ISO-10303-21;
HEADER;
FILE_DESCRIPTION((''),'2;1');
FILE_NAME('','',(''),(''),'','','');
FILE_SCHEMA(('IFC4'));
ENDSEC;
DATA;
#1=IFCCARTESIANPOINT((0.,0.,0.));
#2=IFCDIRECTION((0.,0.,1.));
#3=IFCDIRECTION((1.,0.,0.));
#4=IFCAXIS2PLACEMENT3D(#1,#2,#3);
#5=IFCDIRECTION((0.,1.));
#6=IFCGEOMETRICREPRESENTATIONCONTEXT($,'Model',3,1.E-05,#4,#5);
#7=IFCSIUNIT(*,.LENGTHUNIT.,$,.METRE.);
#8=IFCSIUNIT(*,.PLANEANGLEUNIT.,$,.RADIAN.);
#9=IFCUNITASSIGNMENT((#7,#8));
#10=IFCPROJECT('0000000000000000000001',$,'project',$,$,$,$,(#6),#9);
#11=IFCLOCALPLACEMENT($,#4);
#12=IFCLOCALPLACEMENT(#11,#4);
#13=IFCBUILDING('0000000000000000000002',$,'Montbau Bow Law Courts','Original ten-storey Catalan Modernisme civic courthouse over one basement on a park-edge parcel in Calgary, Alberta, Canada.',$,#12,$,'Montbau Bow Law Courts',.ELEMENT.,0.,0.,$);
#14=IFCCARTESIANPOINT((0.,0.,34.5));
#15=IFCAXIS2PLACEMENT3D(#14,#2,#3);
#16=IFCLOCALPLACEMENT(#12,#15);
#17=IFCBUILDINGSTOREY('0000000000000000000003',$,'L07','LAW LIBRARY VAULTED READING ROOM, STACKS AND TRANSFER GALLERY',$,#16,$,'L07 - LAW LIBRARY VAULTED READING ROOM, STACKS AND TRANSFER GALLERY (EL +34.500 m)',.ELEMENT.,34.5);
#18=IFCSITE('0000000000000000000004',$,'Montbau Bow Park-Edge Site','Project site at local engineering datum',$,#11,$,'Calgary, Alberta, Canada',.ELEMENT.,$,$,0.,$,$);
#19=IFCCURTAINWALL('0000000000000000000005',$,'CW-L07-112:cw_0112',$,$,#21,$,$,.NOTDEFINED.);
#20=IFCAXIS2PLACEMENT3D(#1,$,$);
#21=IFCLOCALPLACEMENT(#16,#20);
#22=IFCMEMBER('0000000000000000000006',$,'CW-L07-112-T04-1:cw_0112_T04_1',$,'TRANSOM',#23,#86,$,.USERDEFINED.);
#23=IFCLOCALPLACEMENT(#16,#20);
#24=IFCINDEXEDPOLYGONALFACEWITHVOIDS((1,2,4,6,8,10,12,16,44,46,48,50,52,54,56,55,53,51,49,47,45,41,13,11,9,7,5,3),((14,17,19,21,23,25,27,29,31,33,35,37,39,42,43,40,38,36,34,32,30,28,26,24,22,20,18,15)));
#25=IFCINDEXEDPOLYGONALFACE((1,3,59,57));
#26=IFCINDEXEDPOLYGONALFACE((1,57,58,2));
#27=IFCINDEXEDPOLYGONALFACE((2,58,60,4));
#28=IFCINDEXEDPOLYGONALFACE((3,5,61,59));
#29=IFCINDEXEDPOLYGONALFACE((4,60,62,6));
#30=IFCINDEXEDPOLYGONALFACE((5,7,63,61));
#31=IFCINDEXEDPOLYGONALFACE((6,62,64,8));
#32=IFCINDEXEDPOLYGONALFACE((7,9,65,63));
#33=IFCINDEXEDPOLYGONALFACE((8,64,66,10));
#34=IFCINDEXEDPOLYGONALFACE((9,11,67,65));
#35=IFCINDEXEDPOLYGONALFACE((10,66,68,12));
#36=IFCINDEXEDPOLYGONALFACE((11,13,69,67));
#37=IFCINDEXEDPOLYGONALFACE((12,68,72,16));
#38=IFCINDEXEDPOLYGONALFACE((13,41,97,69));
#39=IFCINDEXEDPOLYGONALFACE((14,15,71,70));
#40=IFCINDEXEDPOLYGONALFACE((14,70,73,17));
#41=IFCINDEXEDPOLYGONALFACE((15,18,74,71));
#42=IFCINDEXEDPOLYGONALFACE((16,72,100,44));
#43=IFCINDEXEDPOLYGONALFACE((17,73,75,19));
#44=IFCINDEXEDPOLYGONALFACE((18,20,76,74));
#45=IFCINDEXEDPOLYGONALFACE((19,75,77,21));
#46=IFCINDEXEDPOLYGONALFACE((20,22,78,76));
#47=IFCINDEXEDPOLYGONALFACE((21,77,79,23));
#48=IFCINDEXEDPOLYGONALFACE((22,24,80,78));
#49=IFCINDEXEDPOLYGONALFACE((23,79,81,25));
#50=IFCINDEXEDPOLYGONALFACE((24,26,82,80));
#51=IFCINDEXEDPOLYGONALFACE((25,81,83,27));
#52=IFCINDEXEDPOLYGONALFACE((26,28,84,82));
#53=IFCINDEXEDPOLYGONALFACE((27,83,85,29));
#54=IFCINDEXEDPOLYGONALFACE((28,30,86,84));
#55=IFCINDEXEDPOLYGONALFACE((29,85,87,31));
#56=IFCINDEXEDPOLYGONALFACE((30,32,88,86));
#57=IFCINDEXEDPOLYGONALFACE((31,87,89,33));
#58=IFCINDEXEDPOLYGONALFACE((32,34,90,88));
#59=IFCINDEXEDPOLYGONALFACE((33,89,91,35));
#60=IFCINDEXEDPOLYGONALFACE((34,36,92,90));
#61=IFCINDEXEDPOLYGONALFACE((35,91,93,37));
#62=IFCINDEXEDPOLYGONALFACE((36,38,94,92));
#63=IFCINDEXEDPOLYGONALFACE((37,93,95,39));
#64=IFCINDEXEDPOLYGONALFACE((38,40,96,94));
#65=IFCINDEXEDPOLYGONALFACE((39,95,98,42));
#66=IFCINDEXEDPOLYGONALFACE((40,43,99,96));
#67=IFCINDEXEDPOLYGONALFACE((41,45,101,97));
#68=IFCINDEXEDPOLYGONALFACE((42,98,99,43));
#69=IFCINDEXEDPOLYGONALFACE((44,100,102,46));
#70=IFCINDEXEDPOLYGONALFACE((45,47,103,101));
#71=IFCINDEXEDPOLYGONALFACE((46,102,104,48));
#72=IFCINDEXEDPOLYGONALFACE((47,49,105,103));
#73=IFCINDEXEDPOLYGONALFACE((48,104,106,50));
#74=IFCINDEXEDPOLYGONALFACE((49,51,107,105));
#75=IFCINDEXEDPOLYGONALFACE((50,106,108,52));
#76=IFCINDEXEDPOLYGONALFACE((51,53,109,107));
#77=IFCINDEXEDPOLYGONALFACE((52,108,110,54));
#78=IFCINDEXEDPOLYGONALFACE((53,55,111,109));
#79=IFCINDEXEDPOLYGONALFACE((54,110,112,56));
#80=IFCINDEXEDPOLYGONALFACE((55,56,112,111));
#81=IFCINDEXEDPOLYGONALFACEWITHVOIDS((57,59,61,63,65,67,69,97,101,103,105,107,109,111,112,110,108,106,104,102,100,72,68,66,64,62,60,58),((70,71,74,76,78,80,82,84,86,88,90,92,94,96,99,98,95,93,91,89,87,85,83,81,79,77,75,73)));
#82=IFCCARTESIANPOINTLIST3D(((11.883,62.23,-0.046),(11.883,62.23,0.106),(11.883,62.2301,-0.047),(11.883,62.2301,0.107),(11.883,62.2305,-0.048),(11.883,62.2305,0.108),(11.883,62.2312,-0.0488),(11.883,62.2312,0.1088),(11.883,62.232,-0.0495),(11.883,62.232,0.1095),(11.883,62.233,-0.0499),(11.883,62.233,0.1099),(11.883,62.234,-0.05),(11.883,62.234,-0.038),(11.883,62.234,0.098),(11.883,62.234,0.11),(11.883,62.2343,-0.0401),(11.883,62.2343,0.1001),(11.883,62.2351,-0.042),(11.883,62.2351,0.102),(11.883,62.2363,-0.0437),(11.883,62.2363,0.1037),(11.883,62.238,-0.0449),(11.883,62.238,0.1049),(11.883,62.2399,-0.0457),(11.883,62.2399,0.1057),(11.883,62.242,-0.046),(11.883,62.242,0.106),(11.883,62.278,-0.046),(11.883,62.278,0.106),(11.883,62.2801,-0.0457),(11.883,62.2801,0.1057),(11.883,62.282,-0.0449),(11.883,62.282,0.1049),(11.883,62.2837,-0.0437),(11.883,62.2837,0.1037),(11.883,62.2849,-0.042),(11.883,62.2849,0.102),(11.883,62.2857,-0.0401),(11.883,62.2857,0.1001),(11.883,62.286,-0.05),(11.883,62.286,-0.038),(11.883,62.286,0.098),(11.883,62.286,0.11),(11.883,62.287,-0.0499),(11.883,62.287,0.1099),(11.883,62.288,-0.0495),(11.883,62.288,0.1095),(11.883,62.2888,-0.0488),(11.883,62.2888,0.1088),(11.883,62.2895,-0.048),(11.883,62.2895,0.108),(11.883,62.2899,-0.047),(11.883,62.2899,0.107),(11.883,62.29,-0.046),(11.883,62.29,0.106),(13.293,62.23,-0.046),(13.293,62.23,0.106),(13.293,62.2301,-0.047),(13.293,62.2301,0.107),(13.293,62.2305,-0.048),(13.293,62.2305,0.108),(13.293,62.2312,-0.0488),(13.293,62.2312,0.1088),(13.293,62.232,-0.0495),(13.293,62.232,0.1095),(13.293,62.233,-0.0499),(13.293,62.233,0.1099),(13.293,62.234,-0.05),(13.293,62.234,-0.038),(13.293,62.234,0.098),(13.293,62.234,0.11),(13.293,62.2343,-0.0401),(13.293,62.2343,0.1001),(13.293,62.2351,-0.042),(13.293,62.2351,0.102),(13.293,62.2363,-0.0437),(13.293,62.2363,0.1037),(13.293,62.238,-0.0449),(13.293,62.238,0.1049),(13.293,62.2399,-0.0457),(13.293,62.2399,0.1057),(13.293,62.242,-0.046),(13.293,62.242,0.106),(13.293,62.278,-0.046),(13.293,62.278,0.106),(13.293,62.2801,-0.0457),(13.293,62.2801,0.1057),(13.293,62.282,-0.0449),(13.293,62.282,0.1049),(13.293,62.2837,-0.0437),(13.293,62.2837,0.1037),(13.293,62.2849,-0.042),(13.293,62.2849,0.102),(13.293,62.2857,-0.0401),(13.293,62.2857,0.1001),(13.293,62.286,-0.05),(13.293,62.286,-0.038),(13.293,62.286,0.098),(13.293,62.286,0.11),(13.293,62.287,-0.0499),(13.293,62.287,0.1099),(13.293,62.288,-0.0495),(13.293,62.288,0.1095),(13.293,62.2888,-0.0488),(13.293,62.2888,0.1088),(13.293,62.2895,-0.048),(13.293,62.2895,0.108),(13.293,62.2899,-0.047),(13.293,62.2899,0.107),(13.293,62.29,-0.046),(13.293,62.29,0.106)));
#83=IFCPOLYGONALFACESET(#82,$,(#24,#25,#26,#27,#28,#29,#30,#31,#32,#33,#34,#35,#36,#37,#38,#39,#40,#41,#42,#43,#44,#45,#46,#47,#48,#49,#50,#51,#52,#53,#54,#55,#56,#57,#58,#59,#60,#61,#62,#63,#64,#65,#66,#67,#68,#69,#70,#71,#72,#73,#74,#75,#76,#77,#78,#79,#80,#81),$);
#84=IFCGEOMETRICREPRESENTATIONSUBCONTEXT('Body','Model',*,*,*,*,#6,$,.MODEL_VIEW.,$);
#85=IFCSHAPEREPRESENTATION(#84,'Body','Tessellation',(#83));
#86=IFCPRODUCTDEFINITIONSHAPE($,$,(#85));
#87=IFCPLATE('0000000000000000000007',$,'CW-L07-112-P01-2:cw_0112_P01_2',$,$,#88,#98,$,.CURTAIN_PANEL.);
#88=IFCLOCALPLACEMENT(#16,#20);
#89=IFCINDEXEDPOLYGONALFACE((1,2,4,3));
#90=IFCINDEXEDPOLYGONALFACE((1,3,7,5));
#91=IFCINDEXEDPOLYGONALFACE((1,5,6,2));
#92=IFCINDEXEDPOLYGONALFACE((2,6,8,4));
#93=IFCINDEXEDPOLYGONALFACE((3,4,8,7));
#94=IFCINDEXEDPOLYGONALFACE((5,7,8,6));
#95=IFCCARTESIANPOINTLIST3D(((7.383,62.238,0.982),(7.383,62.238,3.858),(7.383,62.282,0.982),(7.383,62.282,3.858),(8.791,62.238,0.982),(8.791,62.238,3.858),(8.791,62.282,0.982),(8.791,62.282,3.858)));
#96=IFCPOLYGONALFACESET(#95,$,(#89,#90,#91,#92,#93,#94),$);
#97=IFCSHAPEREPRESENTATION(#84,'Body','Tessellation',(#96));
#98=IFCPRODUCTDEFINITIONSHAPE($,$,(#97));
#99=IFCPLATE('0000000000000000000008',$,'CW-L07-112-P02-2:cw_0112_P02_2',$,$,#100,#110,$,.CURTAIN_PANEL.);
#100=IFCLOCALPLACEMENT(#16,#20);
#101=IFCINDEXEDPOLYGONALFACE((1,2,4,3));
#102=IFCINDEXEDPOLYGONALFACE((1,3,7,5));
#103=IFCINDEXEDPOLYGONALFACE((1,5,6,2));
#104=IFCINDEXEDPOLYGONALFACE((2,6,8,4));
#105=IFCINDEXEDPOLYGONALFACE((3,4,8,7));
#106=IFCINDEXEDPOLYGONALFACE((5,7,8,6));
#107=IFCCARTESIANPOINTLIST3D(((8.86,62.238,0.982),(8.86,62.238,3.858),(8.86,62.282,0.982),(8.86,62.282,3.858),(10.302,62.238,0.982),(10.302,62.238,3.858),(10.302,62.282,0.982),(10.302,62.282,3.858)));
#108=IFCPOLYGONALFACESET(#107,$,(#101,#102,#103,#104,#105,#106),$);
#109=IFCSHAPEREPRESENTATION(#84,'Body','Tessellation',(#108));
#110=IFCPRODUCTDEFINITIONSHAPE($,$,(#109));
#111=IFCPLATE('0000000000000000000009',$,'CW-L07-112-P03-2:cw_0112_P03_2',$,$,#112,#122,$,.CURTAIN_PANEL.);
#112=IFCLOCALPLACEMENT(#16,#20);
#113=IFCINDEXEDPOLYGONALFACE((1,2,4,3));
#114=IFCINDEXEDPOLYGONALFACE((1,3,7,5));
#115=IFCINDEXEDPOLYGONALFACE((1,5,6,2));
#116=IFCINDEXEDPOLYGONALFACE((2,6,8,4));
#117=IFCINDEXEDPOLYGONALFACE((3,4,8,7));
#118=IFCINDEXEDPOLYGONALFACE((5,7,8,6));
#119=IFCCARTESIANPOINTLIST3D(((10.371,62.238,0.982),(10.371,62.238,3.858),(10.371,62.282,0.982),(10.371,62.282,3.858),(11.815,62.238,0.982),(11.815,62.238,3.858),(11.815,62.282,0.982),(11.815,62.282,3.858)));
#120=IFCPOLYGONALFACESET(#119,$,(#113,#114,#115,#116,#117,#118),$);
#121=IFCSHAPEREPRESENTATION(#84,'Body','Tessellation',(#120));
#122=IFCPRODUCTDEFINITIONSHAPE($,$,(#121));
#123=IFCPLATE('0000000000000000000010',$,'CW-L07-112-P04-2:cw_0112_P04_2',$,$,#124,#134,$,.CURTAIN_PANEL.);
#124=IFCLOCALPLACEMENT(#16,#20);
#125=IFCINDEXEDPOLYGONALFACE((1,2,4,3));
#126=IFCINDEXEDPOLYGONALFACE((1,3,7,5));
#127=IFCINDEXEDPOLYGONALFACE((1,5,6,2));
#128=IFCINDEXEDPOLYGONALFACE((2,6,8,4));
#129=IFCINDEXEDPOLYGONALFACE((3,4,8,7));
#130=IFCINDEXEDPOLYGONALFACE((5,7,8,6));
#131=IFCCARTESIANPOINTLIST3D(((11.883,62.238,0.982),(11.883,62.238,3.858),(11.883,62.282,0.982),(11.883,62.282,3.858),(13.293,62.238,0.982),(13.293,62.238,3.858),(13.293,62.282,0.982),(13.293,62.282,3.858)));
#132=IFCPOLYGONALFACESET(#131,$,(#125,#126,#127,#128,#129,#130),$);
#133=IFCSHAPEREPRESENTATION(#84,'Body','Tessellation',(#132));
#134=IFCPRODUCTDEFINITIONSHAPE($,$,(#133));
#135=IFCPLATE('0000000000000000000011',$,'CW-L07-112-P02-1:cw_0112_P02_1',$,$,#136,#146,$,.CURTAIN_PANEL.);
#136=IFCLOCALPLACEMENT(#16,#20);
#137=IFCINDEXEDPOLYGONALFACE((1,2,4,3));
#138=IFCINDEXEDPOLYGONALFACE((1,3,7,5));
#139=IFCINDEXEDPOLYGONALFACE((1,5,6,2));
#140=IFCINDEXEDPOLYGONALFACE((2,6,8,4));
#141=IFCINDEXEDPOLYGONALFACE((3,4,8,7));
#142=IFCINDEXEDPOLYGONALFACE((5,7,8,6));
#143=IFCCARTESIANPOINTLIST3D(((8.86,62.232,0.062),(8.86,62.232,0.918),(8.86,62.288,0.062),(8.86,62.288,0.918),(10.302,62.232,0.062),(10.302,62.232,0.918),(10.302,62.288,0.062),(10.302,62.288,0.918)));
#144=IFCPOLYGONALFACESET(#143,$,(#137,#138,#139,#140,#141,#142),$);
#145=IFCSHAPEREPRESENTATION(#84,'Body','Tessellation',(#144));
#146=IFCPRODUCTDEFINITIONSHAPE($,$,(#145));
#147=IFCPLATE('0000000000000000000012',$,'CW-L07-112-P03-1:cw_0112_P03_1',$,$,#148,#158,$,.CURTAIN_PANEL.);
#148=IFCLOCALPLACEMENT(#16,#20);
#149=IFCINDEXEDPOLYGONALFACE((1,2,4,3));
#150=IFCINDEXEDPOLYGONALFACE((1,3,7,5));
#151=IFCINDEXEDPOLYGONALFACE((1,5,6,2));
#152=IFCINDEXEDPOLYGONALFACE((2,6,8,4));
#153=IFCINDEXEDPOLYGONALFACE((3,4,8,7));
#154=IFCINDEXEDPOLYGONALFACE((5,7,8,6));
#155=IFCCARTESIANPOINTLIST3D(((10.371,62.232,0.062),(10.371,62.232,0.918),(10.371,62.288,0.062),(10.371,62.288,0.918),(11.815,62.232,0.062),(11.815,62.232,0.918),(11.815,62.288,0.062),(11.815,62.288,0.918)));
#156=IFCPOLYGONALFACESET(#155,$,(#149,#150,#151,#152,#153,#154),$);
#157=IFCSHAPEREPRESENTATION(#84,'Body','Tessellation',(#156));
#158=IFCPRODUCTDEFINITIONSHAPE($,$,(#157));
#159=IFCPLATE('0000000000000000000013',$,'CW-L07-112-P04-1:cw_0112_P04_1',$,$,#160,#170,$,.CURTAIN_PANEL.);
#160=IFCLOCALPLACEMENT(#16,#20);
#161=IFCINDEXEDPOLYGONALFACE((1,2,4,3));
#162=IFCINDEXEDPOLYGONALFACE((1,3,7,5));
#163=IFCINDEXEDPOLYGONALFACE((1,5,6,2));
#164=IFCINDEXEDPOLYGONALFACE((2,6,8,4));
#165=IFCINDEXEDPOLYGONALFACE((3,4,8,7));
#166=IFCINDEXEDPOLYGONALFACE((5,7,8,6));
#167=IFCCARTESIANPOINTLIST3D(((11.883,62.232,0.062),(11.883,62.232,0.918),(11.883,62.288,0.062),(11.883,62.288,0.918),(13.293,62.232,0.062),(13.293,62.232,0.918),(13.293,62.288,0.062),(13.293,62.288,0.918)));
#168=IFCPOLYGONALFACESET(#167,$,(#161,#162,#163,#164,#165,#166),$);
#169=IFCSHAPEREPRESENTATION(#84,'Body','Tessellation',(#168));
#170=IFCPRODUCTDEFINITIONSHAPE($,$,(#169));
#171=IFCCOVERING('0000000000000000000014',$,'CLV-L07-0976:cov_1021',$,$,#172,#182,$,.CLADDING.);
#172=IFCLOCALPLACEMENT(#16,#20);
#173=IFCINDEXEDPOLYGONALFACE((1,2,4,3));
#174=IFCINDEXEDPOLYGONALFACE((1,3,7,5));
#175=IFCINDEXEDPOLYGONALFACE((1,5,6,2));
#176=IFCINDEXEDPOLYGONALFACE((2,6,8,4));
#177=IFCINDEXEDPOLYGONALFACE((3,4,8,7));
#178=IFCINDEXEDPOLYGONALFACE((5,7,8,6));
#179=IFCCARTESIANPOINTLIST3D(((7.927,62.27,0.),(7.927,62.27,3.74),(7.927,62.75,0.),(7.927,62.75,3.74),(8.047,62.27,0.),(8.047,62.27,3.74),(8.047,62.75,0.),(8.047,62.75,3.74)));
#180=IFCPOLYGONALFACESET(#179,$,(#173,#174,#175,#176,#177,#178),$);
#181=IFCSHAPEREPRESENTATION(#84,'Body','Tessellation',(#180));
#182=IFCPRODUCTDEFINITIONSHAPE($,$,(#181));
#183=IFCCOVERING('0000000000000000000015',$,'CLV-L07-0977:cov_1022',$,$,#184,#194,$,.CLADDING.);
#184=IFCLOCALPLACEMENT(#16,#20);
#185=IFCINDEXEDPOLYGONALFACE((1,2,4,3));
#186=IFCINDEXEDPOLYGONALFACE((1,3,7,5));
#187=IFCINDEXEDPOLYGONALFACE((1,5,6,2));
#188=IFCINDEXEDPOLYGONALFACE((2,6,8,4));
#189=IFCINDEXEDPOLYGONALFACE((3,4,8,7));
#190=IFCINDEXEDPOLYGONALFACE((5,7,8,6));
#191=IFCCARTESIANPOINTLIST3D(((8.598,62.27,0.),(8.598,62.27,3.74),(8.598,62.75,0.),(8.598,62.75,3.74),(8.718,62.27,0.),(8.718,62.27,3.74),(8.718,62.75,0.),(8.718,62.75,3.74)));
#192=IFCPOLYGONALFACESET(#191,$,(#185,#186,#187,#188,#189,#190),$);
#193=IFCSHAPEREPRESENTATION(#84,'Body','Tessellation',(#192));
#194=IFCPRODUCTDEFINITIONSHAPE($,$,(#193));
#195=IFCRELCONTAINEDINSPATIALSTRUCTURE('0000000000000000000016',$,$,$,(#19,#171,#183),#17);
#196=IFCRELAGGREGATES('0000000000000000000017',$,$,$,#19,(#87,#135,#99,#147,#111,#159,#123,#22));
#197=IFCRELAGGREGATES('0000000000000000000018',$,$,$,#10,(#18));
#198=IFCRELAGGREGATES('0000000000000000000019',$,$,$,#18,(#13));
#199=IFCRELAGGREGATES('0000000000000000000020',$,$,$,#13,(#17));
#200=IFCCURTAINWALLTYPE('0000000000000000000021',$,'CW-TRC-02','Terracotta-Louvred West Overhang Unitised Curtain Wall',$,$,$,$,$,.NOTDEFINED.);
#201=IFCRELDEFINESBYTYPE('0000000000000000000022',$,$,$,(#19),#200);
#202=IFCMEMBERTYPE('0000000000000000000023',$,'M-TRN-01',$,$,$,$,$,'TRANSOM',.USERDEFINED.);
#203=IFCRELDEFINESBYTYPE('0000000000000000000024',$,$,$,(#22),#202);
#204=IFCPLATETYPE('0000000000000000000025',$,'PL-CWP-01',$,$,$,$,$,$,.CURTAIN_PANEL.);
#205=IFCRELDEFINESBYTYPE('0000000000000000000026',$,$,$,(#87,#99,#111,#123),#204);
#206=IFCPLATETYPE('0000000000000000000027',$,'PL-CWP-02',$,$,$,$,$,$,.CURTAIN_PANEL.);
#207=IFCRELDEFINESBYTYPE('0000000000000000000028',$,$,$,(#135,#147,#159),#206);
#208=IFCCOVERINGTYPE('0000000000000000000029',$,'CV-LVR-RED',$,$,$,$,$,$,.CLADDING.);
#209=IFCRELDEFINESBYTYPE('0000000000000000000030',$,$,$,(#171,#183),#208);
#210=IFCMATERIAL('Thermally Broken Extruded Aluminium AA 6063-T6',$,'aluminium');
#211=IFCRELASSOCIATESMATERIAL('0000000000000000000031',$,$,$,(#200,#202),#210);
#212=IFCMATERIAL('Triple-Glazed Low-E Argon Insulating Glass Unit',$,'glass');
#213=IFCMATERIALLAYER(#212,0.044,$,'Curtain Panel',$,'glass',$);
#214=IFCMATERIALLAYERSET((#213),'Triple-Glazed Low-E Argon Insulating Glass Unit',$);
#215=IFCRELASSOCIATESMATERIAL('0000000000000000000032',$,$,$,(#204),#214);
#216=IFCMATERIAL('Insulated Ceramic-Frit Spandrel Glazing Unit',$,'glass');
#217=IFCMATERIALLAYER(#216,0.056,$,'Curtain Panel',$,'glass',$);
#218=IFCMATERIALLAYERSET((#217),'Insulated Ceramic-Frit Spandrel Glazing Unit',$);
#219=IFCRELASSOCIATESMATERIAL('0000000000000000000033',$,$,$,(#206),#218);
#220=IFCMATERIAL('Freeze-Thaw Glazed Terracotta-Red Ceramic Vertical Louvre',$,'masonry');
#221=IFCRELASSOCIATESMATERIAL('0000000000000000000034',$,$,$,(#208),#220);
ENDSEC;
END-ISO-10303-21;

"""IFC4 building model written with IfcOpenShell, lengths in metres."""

from ifc_helpers import new_model, si_unit, direction, frame, frame_2d, origin_with_axes, origin_2d_with_axis, place, context, subcontext, project, spatial, rectangle, hollow_rectangle, extrude, material, layer, layer_set, material_profile, profile_set, type_object, element, aggregate, save


model = new_model("IFC4")

# Units and contexts
model_context = context("Model", 3, precision=1e-05, world=origin_with_axes(), true_north=direction((0.0, 1.0)))
body_context = subcontext(model_context, "Body", "Model", "MODEL_VIEW")
ifc_project = project(units=[si_unit("LENGTHUNIT", "METRE"), si_unit("PLANEANGLEUNIT", "RADIAN")], contexts=[model_context])

# Site, building, storey
site_placement = place(None, origin_with_axes())
site = spatial("IfcSite", under=ifc_project, at=site_placement, Name="Montbau Bow Park-Edge Site", Description="Project site at local engineering datum", LongName="Calgary, Alberta, Canada", CompositionType="ELEMENT", RefElevation=0.0)
building_placement = place(site_placement, origin_with_axes())
building = spatial("IfcBuilding", under=site, at=building_placement, Name="Montbau Bow Law Courts", Description="Original ten-storey Catalan Modernisme civic courthouse over one basement on a park-edge parcel in Calgary, Alberta, Canada.", LongName="Montbau Bow Law Courts", CompositionType="ELEMENT", ElevationOfRefHeight=0.0, ElevationOfTerrain=0.0)
storey_placement = place(building_placement, frame((0.0, 0.0, 34.5), z_axis=(0.0, 0.0, 1.0), x_axis=(1.0, 0.0, 0.0)))
storey = spatial("IfcBuildingStorey", under=building, at=storey_placement, Name="L07", Description="LAW LIBRARY VAULTED READING ROOM, STACKS AND TRANSFER GALLERY", LongName="L07 - LAW LIBRARY VAULTED READING ROOM, STACKS AND TRANSFER GALLERY (EL +34.500 m)", CompositionType="ELEMENT", Elevation=34.5)

# Curtain wall, member, plates
ifc_material_1 = material(Name="Thermally Broken Extruded Aluminium AA 6063-T6", Category="aluminium")
curtain_wall_type = type_object("IfcCurtainWallType", Name="CW-TRC-02", Description="Terracotta-Louvred West Overhang Unitised Curtain Wall", PredefinedType="NOTDEFINED", material=ifc_material_1)
curtain_wall_placement = place(None, frame((7.315, 62.26, 34.5), z_axis=(0.0, 0.0, 1.0), x_axis=(1.0, 0.0, 0.0)))
curtain_wall = element("IfcCurtainWall", 1, at=curtain_wall_placement, inside=storey, type_object=curtain_wall_type, Name="CW-L07-112:cw_0112", PredefinedType="NOTDEFINED")
ifc_material_profile_1 = material_profile(ifc_material_1, hollow_rectangle(XDim=0.06, YDim=0.16, WallThickness=0.004, InnerFilletRadius=0.008, OuterFilletRadius=0.004, at=origin_2d_with_axis()), Name="CWT-160X60", Category="Main", Priority=0)
ifc_profile_set_1 = profile_set([ifc_material_profile_1], Name="Thermally Broken Extruded Aluminium AA 6063-T6")
member_type_1 = type_object("IfcMemberType", Name="M-TRN-01", ElementType="TRANSOM", PredefinedType="USERDEFINED", material=ifc_profile_set_1)
member_1_placement = place(None, frame((11.883, 62.26, 34.53), z_axis=(1.0, 0.0, 0.0), x_axis=(0.0, 1.0, 0.0)))
member_1 = element("IfcMember", 2, at=member_1_placement, type_object=member_type_1, Name="CW-L07-112-T04-1:cw_0112_T04_1", ObjectType="TRANSOM", PredefinedType="USERDEFINED", context=body_context, shape_type="SweptSolid", body=[
    extrude(hollow_rectangle(XDim=0.06, YDim=0.16, WallThickness=0.004, InnerFilletRadius=0.008, OuterFilletRadius=0.004, at=origin_2d_with_axis()), origin_with_axes(), (0.0, 0.0, 1.0), 1.41),
])
ifc_material_2 = material(Name="Triple-Glazed Low-E Argon Insulating Glass Unit", Category="glass")
ifc_layer_1 = layer(ifc_material_2, 0.044, Name="Curtain Panel", Category="glass")
ifc_layer_set_1 = layer_set([ifc_layer_1], Name="Triple-Glazed Low-E Argon Insulating Glass Unit")
plate_type_1 = type_object("IfcPlateType", Name="PL-CWP-01", PredefinedType="CURTAIN_PANEL", material=ifc_layer_set_1)
plate_1_placement = place(None, frame((7.383, 62.26, 35.482), z_axis=(0.0, -1.0, 0.0), x_axis=(1.0, 0.0, 0.0)))
plate_1 = element("IfcPlate", 3, at=plate_1_placement, type_object=plate_type_1, Name="CW-L07-112-P01-2:cw_0112_P01_2", PredefinedType="CURTAIN_PANEL", context=body_context, shape_type="SweptSolid", body=[
    extrude(rectangle(XDim=1.408, YDim=2.876, at=frame_2d((0.704, 1.438), x_axis=(1.0, 0.0))), frame((0.0, 0.0, -0.022), z_axis=(0.0, 0.0, 1.0), x_axis=(1.0, 0.0, 0.0)), (0.0, 0.0, 1.0), 0.044),
])
plate_2_placement = place(None, frame((8.86, 62.26, 35.482), z_axis=(0.0, -1.0, 0.0), x_axis=(1.0, 0.0, 0.0)))
plate_2 = element("IfcPlate", 4, at=plate_2_placement, type_object=plate_type_1, Name="CW-L07-112-P02-2:cw_0112_P02_2", PredefinedType="CURTAIN_PANEL", context=body_context, shape_type="SweptSolid", body=[
    extrude(rectangle(XDim=1.442, YDim=2.876, at=frame_2d((0.721, 1.438), x_axis=(1.0, 0.0))), frame((0.0, 0.0, -0.022), z_axis=(0.0, 0.0, 1.0), x_axis=(1.0, 0.0, 0.0)), (0.0, 0.0, 1.0), 0.044),
])
plate_3_placement = place(None, frame((10.371, 62.26, 35.482), z_axis=(0.0, -1.0, 0.0), x_axis=(1.0, 0.0, 0.0)))
plate_3 = element("IfcPlate", 5, at=plate_3_placement, type_object=plate_type_1, Name="CW-L07-112-P03-2:cw_0112_P03_2", PredefinedType="CURTAIN_PANEL", context=body_context, shape_type="SweptSolid", body=[
    extrude(rectangle(XDim=1.444, YDim=2.876, at=frame_2d((0.722, 1.438), x_axis=(1.0, 0.0))), frame((0.0, 0.0, -0.022), z_axis=(0.0, 0.0, 1.0), x_axis=(1.0, 0.0, 0.0)), (0.0, 0.0, 1.0), 0.044),
])
plate_4_placement = place(None, frame((11.883, 62.26, 35.482), z_axis=(0.0, -1.0, 0.0), x_axis=(1.0, 0.0, 0.0)))
plate_4 = element("IfcPlate", 6, at=plate_4_placement, type_object=plate_type_1, Name="CW-L07-112-P04-2:cw_0112_P04_2", PredefinedType="CURTAIN_PANEL", context=body_context, shape_type="SweptSolid", body=[
    extrude(rectangle(XDim=1.41, YDim=2.876, at=frame_2d((0.705, 1.438), x_axis=(1.0, 0.0))), frame((0.0, 0.0, -0.022), z_axis=(0.0, 0.0, 1.0), x_axis=(1.0, 0.0, 0.0)), (0.0, 0.0, 1.0), 0.044),
])
ifc_material_3 = material(Name="Insulated Ceramic-Frit Spandrel Glazing Unit", Category="glass")
ifc_layer_2 = layer(ifc_material_3, 0.056, Name="Curtain Panel", Category="glass")
ifc_layer_set_2 = layer_set([ifc_layer_2], Name="Insulated Ceramic-Frit Spandrel Glazing Unit")
plate_type_2 = type_object("IfcPlateType", Name="PL-CWP-02", PredefinedType="CURTAIN_PANEL", material=ifc_layer_set_2)
plate_5_placement = place(None, frame((8.86, 62.26, 34.562), z_axis=(0.0, -1.0, 0.0), x_axis=(1.0, 0.0, 0.0)))
plate_5 = element("IfcPlate", 7, at=plate_5_placement, type_object=plate_type_2, Name="CW-L07-112-P02-1:cw_0112_P02_1", PredefinedType="CURTAIN_PANEL", context=body_context, shape_type="SweptSolid", body=[
    extrude(rectangle(XDim=1.442, YDim=0.856, at=frame_2d((0.721, 0.428), x_axis=(1.0, 0.0))), frame((0.0, 0.0, -0.028), z_axis=(0.0, 0.0, 1.0), x_axis=(1.0, 0.0, 0.0)), (0.0, 0.0, 1.0), 0.056),
])
plate_6_placement = place(None, frame((10.371, 62.26, 34.562), z_axis=(0.0, -1.0, 0.0), x_axis=(1.0, 0.0, 0.0)))
plate_6 = element("IfcPlate", 8, at=plate_6_placement, type_object=plate_type_2, Name="CW-L07-112-P03-1:cw_0112_P03_1", PredefinedType="CURTAIN_PANEL", context=body_context, shape_type="SweptSolid", body=[
    extrude(rectangle(XDim=1.444, YDim=0.856, at=frame_2d((0.722, 0.428), x_axis=(1.0, 0.0))), frame((0.0, 0.0, -0.028), z_axis=(0.0, 0.0, 1.0), x_axis=(1.0, 0.0, 0.0)), (0.0, 0.0, 1.0), 0.056),
])
plate_7_placement = place(None, frame((11.883, 62.26, 34.562), z_axis=(0.0, -1.0, 0.0), x_axis=(1.0, 0.0, 0.0)))
plate_7 = element("IfcPlate", 9, at=plate_7_placement, type_object=plate_type_2, Name="CW-L07-112-P04-1:cw_0112_P04_1", PredefinedType="CURTAIN_PANEL", context=body_context, shape_type="SweptSolid", body=[
    extrude(rectangle(XDim=1.41, YDim=0.856, at=frame_2d((0.705, 0.428), x_axis=(1.0, 0.0))), frame((0.0, 0.0, -0.028), z_axis=(0.0, 0.0, 1.0), x_axis=(1.0, 0.0, 0.0)), (0.0, 0.0, 1.0), 0.056),
])
aggregate(curtain_wall, [plate_1, plate_5, plate_2, plate_6, plate_3, plate_7, plate_4, member_1])

# Coverings
ifc_material_4 = material(Name="Freeze-Thaw Glazed Terracotta-Red Ceramic Vertical Louvre", Category="masonry")
covering_type = type_object("IfcCoveringType", Name="CV-LVR-RED", PredefinedType="CLADDING", material=ifc_material_4)
for number, where, z_axis, x_axis, name in (
    (10, (7.987, 62.27, 34.5), (1.0, 0.0, 0.0), (0.0, 1.0, 0.0), "CLV-L07-0976:cov_1021"),
    (11, (8.658, 62.27, 34.5), (1.0, 0.0, 0.0), (0.0, 1.0, 0.0), "CLV-L07-0977:cov_1022"),
):
    element("IfcCovering", number, at=place(None, frame(where, z_axis=z_axis, x_axis=x_axis)), inside=storey, type_object=covering_type, Name=name, PredefinedType="CLADDING", context=body_context, shape_type="SweptSolid", body=[
        extrude(rectangle(XDim=0.48, YDim=3.74, at=frame_2d((0.24, 1.87), x_axis=(1.0, 0.0))), frame((0.0, 0.0, -0.06), z_axis=(0.0, 0.0, 1.0), x_axis=(1.0, 0.0, 0.0)), (0.0, 0.0, 1.0), 0.12),
    ])

save(model, "model.ifc")
